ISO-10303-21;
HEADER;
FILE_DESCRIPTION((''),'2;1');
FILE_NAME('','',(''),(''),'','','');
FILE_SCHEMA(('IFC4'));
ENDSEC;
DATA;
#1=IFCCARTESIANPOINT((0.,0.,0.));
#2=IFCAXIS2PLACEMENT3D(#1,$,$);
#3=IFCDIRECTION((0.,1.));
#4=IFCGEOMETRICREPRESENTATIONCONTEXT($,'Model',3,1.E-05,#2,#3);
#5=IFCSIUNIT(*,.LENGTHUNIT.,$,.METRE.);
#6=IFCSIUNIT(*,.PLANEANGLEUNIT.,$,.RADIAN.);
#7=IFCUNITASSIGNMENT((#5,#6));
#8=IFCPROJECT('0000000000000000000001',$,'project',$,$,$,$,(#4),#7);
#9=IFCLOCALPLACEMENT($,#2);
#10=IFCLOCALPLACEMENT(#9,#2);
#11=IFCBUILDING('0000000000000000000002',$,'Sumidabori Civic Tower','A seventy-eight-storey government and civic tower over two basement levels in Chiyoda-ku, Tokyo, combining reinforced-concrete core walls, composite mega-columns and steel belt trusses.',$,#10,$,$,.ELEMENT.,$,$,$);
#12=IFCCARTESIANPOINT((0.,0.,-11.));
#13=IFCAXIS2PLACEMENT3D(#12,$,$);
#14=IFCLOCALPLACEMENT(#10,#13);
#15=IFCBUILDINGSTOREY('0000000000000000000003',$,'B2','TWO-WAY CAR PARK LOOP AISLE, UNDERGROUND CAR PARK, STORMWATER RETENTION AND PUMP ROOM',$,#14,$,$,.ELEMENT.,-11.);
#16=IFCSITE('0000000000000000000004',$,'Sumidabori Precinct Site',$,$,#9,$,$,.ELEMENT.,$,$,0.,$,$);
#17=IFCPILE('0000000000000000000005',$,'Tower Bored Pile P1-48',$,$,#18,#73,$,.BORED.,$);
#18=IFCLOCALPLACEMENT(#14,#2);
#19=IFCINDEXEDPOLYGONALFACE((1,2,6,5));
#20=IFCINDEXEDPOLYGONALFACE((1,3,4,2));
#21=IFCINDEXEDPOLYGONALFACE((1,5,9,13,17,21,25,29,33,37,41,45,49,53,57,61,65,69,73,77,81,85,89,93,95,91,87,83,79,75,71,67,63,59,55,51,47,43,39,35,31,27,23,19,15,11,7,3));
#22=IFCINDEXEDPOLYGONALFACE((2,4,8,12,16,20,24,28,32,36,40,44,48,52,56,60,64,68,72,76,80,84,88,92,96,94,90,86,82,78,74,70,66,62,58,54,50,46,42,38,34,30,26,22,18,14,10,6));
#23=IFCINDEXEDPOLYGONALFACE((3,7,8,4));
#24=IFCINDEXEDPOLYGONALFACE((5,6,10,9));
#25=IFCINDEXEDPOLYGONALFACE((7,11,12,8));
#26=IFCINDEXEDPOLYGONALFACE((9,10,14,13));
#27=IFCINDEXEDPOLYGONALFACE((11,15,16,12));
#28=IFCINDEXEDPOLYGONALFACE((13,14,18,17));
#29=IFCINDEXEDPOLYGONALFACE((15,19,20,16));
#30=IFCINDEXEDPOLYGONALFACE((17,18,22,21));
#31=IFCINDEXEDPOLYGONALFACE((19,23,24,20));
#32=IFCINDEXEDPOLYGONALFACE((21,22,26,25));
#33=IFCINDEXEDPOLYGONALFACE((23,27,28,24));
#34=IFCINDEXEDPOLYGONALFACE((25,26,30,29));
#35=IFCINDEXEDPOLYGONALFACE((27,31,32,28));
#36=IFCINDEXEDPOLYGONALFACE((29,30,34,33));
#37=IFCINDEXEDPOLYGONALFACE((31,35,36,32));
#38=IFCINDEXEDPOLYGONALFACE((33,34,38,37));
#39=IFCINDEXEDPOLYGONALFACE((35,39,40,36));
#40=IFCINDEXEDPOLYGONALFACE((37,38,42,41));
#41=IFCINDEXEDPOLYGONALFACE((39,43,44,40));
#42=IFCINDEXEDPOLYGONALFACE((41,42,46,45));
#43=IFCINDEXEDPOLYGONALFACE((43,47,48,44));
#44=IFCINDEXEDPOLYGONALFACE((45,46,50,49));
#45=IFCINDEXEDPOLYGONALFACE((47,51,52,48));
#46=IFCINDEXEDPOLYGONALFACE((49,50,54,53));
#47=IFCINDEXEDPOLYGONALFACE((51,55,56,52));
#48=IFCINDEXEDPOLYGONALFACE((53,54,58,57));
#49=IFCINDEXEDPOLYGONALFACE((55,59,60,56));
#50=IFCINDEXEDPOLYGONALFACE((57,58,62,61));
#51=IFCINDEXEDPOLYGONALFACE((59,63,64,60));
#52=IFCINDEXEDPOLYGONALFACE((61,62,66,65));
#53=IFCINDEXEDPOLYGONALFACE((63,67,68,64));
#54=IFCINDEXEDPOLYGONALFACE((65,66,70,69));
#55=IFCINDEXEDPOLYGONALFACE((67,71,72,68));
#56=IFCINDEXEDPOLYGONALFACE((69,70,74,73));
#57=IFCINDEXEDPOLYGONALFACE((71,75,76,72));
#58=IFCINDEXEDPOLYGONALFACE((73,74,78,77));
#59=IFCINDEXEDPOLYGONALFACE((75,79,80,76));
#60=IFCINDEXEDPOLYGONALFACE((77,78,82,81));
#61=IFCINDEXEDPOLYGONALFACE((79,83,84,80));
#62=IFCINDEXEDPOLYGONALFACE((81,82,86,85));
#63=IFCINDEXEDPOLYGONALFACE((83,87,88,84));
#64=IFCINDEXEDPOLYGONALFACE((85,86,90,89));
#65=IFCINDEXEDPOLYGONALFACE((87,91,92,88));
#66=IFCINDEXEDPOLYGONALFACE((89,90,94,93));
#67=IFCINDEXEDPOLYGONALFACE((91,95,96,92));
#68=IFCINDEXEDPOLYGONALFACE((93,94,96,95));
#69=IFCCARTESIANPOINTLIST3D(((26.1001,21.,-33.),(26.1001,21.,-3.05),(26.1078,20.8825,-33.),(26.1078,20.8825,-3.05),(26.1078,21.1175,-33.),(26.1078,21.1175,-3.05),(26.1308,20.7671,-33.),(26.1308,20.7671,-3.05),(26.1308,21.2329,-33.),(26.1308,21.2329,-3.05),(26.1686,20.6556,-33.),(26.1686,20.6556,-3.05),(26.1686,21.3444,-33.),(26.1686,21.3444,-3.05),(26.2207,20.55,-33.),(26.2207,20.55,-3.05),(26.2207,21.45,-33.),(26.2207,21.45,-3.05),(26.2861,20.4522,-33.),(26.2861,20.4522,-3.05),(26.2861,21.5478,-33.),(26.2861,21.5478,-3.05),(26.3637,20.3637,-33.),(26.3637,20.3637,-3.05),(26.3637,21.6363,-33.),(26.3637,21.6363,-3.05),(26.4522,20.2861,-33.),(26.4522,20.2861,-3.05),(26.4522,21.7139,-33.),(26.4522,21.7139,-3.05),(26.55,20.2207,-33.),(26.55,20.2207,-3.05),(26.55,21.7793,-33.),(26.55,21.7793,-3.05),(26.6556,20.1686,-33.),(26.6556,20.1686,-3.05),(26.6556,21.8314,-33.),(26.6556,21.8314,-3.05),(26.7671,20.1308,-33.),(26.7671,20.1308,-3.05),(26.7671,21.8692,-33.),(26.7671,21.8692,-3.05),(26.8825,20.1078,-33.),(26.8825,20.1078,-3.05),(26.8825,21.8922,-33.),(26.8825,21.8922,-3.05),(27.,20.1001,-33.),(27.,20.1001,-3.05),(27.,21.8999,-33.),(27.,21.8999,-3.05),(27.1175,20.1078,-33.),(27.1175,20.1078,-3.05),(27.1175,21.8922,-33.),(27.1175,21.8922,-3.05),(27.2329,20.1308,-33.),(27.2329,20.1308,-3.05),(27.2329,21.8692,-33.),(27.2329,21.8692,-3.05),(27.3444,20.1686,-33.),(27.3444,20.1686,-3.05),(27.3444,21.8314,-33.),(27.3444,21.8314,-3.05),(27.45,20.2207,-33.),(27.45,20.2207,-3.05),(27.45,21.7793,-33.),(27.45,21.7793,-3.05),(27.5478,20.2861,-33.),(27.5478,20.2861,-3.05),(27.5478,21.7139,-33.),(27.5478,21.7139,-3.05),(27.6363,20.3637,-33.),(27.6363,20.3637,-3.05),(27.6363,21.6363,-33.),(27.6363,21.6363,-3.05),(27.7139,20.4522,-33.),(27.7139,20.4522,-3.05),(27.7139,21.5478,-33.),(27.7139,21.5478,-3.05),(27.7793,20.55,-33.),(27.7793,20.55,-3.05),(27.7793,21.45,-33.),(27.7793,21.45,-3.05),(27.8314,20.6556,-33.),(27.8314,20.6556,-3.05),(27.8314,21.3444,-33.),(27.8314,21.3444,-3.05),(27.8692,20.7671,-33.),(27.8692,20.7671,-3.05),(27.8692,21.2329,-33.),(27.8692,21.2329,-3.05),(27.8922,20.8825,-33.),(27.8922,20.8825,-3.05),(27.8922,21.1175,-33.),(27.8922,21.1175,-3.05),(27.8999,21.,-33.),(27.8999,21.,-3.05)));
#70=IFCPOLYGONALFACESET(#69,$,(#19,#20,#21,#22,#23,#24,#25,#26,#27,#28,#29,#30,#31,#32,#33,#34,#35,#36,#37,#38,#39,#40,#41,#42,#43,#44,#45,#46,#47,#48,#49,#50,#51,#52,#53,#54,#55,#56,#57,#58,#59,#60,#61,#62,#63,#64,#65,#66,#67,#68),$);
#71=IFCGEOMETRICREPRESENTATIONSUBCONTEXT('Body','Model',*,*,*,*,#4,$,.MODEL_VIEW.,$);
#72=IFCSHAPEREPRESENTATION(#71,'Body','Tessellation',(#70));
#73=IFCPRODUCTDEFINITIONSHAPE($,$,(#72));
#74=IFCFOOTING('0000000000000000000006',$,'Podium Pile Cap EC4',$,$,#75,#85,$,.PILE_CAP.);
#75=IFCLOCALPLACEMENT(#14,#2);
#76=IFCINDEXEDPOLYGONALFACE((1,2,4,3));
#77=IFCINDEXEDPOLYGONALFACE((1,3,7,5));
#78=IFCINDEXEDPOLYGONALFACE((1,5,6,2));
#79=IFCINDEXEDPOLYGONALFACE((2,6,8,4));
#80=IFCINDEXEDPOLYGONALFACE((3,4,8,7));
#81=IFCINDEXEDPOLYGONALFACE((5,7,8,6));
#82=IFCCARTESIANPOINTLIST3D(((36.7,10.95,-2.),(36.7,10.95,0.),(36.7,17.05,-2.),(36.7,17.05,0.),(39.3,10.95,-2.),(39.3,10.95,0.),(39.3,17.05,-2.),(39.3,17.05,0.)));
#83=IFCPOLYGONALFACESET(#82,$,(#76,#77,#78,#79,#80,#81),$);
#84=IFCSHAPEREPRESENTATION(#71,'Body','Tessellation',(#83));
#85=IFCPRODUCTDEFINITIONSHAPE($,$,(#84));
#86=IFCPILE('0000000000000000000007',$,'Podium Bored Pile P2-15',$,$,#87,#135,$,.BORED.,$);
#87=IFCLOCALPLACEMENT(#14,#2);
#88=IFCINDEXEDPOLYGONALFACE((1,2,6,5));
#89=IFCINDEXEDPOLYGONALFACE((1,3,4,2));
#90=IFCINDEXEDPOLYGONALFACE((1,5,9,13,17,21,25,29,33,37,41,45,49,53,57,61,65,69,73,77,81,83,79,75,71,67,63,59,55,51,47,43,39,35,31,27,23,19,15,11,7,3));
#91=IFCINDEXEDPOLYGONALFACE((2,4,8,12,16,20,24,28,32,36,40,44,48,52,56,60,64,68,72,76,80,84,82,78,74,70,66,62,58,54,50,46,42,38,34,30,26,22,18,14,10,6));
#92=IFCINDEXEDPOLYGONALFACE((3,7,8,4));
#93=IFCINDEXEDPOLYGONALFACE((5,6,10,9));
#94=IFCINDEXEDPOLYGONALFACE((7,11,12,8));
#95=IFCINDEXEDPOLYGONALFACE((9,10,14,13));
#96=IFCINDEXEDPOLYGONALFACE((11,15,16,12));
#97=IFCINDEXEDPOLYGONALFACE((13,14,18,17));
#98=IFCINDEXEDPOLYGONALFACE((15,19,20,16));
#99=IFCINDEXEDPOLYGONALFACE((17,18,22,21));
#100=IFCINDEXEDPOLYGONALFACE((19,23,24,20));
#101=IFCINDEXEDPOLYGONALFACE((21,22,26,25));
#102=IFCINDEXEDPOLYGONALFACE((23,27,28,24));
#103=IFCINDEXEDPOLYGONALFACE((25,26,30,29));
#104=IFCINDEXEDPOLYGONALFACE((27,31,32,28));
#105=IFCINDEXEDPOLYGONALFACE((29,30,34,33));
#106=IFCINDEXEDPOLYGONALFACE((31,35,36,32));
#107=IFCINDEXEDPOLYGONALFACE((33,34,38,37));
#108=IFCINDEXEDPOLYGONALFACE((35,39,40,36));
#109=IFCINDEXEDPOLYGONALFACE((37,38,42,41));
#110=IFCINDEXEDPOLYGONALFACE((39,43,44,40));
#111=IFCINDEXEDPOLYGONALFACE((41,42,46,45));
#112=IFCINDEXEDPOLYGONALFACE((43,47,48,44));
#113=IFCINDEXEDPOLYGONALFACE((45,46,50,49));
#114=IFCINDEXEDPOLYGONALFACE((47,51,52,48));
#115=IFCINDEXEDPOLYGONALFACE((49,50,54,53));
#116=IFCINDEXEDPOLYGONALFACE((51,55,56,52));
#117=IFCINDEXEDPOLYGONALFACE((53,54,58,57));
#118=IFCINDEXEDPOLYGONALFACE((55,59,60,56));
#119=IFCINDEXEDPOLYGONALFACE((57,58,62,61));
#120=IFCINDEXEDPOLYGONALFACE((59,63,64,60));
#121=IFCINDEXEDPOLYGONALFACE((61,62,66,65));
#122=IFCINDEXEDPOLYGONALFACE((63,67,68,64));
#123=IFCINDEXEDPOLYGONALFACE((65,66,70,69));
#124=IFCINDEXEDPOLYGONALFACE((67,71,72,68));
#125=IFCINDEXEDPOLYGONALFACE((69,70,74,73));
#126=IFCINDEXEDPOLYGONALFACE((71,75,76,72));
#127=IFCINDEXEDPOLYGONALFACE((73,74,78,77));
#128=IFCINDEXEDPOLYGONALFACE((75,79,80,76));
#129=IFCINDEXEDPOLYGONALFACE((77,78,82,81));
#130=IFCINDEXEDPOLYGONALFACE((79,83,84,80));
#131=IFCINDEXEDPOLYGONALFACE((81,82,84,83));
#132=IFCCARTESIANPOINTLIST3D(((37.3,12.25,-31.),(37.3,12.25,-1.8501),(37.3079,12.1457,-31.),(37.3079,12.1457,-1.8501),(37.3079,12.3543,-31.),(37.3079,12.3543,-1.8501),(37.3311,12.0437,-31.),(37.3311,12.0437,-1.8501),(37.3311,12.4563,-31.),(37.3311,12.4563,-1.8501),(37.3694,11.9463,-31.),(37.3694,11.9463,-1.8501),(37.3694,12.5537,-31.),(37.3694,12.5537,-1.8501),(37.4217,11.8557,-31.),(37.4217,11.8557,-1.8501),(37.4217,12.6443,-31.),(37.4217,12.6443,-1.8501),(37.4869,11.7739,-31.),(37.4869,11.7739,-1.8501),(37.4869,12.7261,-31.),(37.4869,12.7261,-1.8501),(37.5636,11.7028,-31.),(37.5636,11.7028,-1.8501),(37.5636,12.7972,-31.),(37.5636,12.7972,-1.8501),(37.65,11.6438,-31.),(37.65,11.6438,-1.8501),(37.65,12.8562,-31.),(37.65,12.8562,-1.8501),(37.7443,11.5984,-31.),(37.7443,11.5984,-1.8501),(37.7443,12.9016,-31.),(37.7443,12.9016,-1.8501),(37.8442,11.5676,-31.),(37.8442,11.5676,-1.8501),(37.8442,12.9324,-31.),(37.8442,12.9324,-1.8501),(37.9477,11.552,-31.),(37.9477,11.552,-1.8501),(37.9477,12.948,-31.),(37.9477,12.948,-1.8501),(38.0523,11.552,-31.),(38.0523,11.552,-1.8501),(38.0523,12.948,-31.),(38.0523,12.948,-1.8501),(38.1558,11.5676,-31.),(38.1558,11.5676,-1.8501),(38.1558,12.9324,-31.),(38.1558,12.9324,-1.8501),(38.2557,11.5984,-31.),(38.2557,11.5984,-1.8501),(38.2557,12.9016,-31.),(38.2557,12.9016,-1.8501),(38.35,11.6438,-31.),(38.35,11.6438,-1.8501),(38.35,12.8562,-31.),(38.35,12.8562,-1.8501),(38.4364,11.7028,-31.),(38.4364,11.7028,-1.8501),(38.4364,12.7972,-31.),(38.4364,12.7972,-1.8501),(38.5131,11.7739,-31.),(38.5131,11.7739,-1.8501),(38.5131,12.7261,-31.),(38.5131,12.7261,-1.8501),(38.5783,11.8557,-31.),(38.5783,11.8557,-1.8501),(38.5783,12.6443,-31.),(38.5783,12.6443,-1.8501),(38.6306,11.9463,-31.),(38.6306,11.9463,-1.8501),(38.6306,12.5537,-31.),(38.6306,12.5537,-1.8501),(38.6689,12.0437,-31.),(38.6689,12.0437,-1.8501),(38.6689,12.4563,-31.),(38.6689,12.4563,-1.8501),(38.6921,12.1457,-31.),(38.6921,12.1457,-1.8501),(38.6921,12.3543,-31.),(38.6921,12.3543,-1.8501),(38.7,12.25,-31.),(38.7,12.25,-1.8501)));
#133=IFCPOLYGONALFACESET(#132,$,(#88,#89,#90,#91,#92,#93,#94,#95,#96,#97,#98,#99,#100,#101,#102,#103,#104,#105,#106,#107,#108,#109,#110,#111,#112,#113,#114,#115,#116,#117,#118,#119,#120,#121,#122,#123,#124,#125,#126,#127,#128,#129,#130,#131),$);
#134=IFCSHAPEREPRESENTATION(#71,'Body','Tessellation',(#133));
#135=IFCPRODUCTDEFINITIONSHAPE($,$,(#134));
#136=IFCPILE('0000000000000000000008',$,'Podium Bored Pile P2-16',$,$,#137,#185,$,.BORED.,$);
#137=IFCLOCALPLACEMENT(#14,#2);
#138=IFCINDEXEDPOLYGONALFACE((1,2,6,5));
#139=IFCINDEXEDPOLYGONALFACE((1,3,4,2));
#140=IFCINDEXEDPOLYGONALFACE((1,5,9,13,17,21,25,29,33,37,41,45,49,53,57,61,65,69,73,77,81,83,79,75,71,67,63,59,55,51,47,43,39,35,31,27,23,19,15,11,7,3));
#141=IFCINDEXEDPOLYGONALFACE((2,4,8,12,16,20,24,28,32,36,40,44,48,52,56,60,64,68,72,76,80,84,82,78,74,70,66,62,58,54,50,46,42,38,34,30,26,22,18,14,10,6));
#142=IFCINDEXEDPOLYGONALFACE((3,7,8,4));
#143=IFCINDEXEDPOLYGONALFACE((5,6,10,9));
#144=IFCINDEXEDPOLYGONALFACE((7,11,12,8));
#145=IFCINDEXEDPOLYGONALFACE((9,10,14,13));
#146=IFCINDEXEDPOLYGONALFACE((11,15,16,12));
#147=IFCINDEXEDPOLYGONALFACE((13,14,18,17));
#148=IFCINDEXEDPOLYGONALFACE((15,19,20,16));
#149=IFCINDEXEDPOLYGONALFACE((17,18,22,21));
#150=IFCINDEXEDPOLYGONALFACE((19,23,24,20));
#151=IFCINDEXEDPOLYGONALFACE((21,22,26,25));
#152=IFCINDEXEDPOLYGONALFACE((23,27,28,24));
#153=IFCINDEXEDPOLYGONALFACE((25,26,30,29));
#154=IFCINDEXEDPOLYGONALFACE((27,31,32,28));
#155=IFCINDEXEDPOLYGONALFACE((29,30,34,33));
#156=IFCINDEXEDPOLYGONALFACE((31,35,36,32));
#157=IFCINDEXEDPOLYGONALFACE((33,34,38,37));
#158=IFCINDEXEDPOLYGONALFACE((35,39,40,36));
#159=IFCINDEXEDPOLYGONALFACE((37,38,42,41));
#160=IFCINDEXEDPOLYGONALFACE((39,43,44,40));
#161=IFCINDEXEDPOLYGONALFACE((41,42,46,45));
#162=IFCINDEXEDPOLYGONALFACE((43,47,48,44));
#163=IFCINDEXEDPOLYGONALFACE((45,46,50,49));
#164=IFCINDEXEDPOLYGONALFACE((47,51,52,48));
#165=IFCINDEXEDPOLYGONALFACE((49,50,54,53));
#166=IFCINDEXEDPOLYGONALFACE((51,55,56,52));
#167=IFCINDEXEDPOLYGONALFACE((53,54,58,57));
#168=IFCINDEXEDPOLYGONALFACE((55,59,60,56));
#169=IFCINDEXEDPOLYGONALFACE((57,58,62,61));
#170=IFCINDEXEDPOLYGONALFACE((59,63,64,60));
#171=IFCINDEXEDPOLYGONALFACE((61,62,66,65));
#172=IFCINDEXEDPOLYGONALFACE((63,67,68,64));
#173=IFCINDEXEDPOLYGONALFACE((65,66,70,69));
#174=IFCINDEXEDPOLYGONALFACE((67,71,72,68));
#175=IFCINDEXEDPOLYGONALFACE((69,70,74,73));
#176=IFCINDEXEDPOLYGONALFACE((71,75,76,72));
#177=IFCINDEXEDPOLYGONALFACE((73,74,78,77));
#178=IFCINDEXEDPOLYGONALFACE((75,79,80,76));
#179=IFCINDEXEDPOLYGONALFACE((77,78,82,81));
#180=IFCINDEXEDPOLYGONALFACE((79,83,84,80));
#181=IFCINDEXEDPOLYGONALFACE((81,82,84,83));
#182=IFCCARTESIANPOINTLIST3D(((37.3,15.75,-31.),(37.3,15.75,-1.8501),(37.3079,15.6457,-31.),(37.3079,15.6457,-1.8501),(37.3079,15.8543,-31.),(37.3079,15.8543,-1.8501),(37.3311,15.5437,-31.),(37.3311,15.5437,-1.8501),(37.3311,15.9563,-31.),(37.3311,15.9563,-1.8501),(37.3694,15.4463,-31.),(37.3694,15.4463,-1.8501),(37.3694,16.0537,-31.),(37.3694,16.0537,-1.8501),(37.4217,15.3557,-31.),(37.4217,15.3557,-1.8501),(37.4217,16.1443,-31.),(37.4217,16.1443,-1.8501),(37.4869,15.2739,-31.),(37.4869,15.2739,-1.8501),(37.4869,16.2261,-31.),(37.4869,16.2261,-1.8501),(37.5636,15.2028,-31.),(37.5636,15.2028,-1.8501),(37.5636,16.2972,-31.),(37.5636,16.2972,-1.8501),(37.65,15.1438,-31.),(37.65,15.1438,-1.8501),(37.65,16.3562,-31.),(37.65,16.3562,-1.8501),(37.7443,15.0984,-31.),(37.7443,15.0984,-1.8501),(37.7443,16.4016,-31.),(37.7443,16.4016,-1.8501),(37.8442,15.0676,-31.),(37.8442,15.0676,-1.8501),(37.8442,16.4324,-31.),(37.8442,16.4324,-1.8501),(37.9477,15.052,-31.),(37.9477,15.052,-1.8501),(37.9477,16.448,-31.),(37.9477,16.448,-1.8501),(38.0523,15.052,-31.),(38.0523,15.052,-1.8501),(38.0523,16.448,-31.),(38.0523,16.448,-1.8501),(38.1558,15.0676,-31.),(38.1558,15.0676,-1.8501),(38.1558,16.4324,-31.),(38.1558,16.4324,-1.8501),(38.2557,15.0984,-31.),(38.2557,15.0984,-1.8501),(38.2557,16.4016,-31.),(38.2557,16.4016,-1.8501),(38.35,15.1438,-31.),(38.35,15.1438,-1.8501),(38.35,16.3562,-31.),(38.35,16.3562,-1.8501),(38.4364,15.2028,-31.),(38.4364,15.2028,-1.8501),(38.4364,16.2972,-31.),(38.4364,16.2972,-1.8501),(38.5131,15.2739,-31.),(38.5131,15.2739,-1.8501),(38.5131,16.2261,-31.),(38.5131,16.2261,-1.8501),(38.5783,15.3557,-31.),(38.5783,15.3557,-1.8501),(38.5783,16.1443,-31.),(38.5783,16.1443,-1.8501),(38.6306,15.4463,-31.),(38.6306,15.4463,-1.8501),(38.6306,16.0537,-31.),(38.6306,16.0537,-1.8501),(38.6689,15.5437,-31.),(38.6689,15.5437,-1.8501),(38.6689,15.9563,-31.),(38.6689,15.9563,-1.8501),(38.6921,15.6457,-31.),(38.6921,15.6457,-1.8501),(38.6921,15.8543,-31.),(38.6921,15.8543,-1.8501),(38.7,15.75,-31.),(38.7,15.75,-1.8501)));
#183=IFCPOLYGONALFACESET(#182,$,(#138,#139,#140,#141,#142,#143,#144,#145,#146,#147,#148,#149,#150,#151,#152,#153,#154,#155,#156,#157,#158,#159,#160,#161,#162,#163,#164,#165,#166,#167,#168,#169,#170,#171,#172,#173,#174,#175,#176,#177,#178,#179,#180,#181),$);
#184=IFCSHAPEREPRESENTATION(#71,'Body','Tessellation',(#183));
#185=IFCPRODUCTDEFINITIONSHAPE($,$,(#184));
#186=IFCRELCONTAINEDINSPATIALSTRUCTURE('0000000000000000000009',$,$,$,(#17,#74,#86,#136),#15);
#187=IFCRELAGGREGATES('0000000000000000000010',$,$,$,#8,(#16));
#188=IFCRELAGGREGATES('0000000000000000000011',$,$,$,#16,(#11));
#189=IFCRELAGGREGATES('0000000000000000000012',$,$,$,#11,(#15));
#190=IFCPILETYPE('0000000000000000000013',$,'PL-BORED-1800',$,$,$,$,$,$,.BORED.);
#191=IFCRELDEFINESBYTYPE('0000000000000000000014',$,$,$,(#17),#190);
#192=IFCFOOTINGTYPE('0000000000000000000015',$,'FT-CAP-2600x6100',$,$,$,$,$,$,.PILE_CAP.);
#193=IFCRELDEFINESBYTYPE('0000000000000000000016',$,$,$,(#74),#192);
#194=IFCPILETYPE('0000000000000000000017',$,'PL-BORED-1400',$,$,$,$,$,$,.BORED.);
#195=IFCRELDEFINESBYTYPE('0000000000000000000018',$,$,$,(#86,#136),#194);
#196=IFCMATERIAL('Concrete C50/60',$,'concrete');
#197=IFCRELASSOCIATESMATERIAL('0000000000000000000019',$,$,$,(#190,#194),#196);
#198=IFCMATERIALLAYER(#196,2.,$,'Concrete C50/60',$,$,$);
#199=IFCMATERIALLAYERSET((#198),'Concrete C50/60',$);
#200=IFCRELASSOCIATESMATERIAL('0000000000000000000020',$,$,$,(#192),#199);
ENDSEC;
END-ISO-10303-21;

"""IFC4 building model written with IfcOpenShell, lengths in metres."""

from ifc_helpers import new_model, si_unit, direction, frame, origin, origin_2d, place, context, subcontext, project, spatial, rectangle, circle, extrude, source, transform, mapped, material, layer, layer_set, material_profile, profile_set, type_object, element, save


model = new_model("IFC4")

# Units and contexts
model_context = context("Model", 3, precision=1e-05, world=origin(), true_north=direction((0.0, 1.0)))
body_context = subcontext(model_context, "Body", "Model", "MODEL_VIEW")
ifc_project = project(units=[si_unit("LENGTHUNIT", "METRE"), si_unit("PLANEANGLEUNIT", "RADIAN")], contexts=[model_context])

# Site, building, storey
site_placement = place(None, origin())
site = spatial("IfcSite", under=ifc_project, at=site_placement, Name="Sumidabori Precinct Site", CompositionType="ELEMENT", RefElevation=0.0)
building_placement = place(site_placement, origin())
building = spatial("IfcBuilding", under=site, at=building_placement, Name="Sumidabori Civic Tower", Description="A seventy-eight-storey government and civic tower over two basement levels in Chiyoda-ku, Tokyo, combining reinforced-concrete core walls, composite mega-columns and steel belt trusses.", CompositionType="ELEMENT")
storey_placement = place(building_placement, frame((0.0, 0.0, -11.0)))
storey = spatial("IfcBuildingStorey", under=building, at=storey_placement, Name="B2", Description="TWO-WAY CAR PARK LOOP AISLE, UNDERGROUND CAR PARK, STORMWATER RETENTION AND PUMP ROOM", CompositionType="ELEMENT", Elevation=-11.0)

# Pile
ifc_material_1 = material(Name="Concrete C50/60", Category="concrete")
ifc_material_profile_1 = material_profile(ifc_material_1, circle(Radius=0.8999, at=origin_2d()), Name="BORED PILE 1800")
ifc_profile_set_1 = profile_set([ifc_material_profile_1], Name="Concrete C50/60")
pile_type_1 = type_object("IfcPileType", Name="PL-BORED-1800", PredefinedType="BORED", material=ifc_profile_set_1)
shared_shape_1 = source(origin(), body_context, "Body", "SweptSolid", [
    extrude(circle(Radius=0.8999, at=origin_2d()), origin(), (0.0, 0.0, 1.0), 29.95),
])
for number, where, z_axis, x_axis, name in (
    (1, (27.0, 21.0, -3.05), (0.0, 0.0, -1.0), (1.0, 0.0, 0.0), "Tower Bored Pile P1-48"),
):
    element("IfcPile", number, at=place(storey_placement, frame(where, z_axis=z_axis, x_axis=x_axis)), inside=storey, type_object=pile_type_1, Name=name, PredefinedType="BORED", context=body_context, shape_type="MappedRepresentation", body=[
        mapped(shared_shape_1, transform((0.0, 0.0, 0.0), x_axis=(1.0, 0.0, 0.0), y_axis=(0.0, 1.0, 0.0), z_axis=(0.0, 0.0, 1.0), scale=1.0)),
    ])

# Footing
ifc_layer_1 = layer(ifc_material_1, 2.0, Name="Concrete C50/60")
ifc_layer_set_1 = layer_set([ifc_layer_1], Name="Concrete C50/60")
footing_type = type_object("IfcFootingType", Name="FT-CAP-2600x6100", PredefinedType="PILE_CAP", material=ifc_layer_set_1)
shared_shape_2 = source(origin(), body_context, "Body", "SweptSolid", [
    extrude(rectangle(XDim=2.6001, YDim=6.1001, at=origin_2d()), origin(), (0.0, 0.0, 1.0), 2.0),
])
footing_placement = place(storey_placement, frame((38.0, 14.0, -2.0), z_axis=(0.0, 0.0, 1.0), x_axis=(1.0, 0.0, 0.0)))
element("IfcFooting", 2, at=footing_placement, inside=storey, type_object=footing_type, Name="Podium Pile Cap EC4", PredefinedType="PILE_CAP", context=body_context, shape_type="MappedRepresentation", body=[
    mapped(shared_shape_2, transform((0.0, 0.0, 0.0), x_axis=(1.0, 0.0, 0.0), y_axis=(0.0, 1.0, 0.0), z_axis=(0.0, 0.0, 1.0), scale=1.0)),
])

# Piles
ifc_material_profile_2 = material_profile(ifc_material_1, circle(Radius=0.7, at=origin_2d()), Name="BORED PILE 1400")
ifc_profile_set_2 = profile_set([ifc_material_profile_2], Name="Concrete C50/60")
pile_type_2 = type_object("IfcPileType", Name="PL-BORED-1400", PredefinedType="BORED", material=ifc_profile_set_2)
shared_shape_3 = source(origin(), body_context, "Body", "SweptSolid", [
    extrude(circle(Radius=0.7, at=origin_2d()), origin(), (0.0, 0.0, 1.0), 29.1499),
])
for number, where, z_axis, x_axis, name in (
    (3, (38.0, 12.25, -1.8501), (0.0, 0.0, -1.0), (1.0, 0.0, 0.0), "Podium Bored Pile P2-15"),
    (4, (38.0, 15.75, -1.8501), (0.0, 0.0, -1.0), (1.0, 0.0, 0.0), "Podium Bored Pile P2-16"),
):
    element("IfcPile", number, at=place(storey_placement, frame(where, z_axis=z_axis, x_axis=x_axis)), inside=storey, type_object=pile_type_2, Name=name, PredefinedType="BORED", context=body_context, shape_type="MappedRepresentation", body=[
        mapped(shared_shape_3, transform((0.0, 0.0, 0.0), x_axis=(1.0, 0.0, 0.0), y_axis=(0.0, 1.0, 0.0), z_axis=(0.0, 0.0, 1.0), scale=1.0)),
    ])

save(model, "model.ifc")
